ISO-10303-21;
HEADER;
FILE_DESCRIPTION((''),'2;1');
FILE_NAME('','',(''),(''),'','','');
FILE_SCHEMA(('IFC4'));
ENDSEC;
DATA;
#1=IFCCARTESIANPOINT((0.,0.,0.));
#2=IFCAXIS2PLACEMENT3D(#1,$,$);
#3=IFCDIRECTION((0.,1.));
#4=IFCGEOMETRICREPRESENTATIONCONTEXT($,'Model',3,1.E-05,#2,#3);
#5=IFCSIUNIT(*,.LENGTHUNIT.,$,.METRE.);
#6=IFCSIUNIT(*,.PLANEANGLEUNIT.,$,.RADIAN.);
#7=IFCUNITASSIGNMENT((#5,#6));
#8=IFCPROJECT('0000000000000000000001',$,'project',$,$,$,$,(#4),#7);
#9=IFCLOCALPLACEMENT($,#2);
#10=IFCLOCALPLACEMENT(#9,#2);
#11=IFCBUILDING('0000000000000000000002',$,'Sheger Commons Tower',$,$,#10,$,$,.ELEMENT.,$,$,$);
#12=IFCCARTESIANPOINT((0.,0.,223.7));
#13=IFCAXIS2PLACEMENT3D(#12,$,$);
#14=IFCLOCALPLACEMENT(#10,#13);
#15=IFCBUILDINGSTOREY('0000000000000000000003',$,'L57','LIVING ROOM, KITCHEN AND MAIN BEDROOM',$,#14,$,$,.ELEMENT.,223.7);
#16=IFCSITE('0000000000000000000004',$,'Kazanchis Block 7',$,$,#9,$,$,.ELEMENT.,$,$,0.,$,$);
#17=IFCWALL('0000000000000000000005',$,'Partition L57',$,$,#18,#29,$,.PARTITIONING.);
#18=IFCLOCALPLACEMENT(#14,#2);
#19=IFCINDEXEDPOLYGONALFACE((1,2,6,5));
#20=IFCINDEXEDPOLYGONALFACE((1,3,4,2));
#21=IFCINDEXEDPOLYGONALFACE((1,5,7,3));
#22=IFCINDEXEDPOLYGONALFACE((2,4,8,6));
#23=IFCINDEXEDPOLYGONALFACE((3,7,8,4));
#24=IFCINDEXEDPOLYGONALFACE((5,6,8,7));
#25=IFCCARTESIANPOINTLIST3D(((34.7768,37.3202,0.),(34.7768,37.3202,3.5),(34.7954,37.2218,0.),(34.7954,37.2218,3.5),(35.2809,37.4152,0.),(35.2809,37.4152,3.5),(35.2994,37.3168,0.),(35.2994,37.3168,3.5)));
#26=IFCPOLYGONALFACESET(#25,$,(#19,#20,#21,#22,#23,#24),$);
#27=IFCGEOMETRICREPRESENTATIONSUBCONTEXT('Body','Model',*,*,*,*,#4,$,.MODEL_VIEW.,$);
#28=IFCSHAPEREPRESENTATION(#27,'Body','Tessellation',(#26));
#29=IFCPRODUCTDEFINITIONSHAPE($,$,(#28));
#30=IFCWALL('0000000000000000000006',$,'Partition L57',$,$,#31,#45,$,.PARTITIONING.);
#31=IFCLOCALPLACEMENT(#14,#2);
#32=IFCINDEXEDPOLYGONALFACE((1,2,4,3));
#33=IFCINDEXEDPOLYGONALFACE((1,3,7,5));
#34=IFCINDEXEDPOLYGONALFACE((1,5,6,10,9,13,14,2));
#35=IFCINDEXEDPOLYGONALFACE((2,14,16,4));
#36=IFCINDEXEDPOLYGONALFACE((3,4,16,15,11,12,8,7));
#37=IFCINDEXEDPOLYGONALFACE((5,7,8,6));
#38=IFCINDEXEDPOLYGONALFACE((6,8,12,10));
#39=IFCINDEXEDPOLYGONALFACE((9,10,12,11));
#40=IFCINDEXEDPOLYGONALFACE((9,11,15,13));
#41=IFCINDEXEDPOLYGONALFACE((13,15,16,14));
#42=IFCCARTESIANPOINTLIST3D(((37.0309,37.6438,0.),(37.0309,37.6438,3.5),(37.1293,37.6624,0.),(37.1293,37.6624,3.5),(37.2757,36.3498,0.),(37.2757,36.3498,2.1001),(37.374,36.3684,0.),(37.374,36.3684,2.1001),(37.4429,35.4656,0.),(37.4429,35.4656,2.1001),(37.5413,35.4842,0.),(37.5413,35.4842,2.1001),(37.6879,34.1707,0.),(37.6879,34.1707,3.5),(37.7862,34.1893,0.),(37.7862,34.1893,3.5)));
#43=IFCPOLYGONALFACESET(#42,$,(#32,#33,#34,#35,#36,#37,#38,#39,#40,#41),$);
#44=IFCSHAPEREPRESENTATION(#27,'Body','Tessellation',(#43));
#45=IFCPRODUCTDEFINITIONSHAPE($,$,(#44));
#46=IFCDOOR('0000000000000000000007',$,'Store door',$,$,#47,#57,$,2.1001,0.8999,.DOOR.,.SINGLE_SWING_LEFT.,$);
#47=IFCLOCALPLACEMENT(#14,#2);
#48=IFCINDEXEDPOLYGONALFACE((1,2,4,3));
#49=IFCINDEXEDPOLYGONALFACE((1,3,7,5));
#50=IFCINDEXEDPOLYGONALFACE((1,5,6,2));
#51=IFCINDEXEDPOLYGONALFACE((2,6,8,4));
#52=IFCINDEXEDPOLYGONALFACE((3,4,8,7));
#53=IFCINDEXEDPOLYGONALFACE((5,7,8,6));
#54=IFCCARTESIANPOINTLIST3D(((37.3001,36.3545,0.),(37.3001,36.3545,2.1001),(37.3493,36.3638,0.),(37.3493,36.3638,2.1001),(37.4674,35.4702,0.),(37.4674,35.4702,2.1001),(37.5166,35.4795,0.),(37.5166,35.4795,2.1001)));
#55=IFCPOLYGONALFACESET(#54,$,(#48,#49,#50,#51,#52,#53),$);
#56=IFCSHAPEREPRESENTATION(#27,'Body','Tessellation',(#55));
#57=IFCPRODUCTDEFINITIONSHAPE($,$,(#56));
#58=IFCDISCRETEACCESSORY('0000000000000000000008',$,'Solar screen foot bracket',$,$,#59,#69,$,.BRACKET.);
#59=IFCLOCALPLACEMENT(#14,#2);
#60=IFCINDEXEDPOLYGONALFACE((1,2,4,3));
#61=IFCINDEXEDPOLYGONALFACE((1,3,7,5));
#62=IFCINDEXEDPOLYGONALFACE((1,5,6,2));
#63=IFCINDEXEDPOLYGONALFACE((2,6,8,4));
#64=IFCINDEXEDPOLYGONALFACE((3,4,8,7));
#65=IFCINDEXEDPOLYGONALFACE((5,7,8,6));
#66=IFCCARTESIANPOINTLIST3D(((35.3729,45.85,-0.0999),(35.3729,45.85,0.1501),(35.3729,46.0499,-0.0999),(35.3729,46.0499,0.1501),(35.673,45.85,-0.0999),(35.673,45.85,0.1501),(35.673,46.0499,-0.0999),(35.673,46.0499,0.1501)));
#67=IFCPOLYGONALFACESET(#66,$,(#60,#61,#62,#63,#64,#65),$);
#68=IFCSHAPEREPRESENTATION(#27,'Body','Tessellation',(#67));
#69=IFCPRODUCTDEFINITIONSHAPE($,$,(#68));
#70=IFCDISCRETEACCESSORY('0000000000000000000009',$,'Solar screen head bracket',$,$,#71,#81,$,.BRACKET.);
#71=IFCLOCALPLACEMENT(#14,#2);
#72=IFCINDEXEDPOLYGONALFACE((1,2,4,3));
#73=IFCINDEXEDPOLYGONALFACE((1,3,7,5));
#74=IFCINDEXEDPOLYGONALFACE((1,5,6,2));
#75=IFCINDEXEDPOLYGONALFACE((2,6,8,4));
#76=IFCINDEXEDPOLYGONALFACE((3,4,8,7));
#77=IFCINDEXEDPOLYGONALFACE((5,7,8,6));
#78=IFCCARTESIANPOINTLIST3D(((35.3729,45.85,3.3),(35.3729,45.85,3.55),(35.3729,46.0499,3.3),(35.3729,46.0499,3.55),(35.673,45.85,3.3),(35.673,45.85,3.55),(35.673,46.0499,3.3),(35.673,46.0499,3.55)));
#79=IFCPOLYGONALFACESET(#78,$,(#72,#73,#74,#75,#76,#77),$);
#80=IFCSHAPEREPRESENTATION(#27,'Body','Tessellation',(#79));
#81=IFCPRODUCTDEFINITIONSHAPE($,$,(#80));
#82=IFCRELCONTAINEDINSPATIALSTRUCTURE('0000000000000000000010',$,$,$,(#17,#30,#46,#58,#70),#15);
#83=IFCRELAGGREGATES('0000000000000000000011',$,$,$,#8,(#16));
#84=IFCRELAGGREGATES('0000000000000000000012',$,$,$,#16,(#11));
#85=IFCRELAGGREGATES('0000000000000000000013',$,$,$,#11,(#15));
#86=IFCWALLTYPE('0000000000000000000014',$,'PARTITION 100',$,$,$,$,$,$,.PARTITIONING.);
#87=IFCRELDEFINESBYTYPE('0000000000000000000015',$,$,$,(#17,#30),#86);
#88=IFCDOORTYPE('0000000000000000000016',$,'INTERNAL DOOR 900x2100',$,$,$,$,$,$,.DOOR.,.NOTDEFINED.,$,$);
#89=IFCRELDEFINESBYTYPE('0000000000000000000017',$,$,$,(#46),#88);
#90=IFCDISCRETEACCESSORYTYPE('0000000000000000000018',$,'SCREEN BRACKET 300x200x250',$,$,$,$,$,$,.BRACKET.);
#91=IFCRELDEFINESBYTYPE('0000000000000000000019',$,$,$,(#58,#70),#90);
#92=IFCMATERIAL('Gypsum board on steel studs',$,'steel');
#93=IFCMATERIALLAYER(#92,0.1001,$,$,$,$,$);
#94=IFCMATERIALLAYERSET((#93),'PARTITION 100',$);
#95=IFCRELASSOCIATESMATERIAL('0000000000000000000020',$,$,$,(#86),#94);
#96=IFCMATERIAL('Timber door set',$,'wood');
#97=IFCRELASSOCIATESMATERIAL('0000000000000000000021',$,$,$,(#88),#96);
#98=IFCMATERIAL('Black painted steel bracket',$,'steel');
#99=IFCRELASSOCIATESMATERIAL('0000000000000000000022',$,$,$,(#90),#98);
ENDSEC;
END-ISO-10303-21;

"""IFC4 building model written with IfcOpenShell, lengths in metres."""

from ifc_helpers import new_model, si_unit, direction, frame, frame_2d, origin, origin_2d, place, context, subcontext, project, spatial, rectangle, extrude, material, layer, layer_set, type_object, element, fill, save


model = new_model("IFC4")

# Units and contexts
model_context = context("Model", 3, precision=1e-05, world=origin(), true_north=direction((0.0, 1.0)))
body_context = subcontext(model_context, "Body", "Model", "MODEL_VIEW")
ifc_project = project(units=[si_unit("LENGTHUNIT", "METRE"), si_unit("PLANEANGLEUNIT", "RADIAN")], contexts=[model_context])

# Site, building, storey
site_placement = place(None, origin())
site = spatial("IfcSite", under=ifc_project, at=site_placement, Name="Kazanchis Block 7", CompositionType="ELEMENT", RefElevation=0.0)
building_placement = place(site_placement, origin())
building = spatial("IfcBuilding", under=site, at=building_placement, Name="Sheger Commons Tower", CompositionType="ELEMENT")
storey_placement = place(building_placement, frame((0.0, 0.0, 223.7)))
storey = spatial("IfcBuildingStorey", under=building, at=storey_placement, Name="L57", Description="LIVING ROOM, KITCHEN AND MAIN BEDROOM", CompositionType="ELEMENT", Elevation=223.7)

# Shared definitions
ifc_material_1 = material(Name="Gypsum board on steel studs", Category="steel")
ifc_layer_1 = layer(ifc_material_1, 0.1001)
ifc_layer_set_1 = layer_set([ifc_layer_1], Name="PARTITION 100")
wall_type_1 = type_object("IfcWallType", Name="PARTITION 100", PredefinedType="PARTITIONING", material=ifc_layer_set_1)

# Shared definitions
ifc_material_2 = material(Name="Timber door set", Category="wood")
door_type_1 = type_object("IfcDoorType", Name="INTERNAL DOOR 900x2100", OperationType="NOTDEFINED", PredefinedType="DOOR", material=ifc_material_2)

# Wall
wall_1_placement = place(storey_placement, frame((35.29, 37.366, 0.0), z_axis=(0.0, 0.0, 1.0), x_axis=(-0.982716, -0.185122, 0.0)))
element("IfcWall", 1, at=wall_1_placement, inside=storey, type_object=wall_type_1, Name="Partition L57", PredefinedType="PARTITIONING", context=body_context, shape_type="SweptSolid", body=[
    extrude(rectangle(XDim=0.5129, YDim=0.1001, at=frame_2d((0.2563, 0.0))), origin(), (0.0, 0.0, 1.0), 3.5),
])

# Wall, opening, door
wall_2_placement = place(storey_placement, frame((37.0801, 37.6531, 0.0), z_axis=(0.0, 0.0, 1.0), x_axis=(0.185865, -0.982575, 0.0)))
wall_2 = element("IfcWall", 2, at=wall_2_placement, inside=storey, type_object=wall_type_1, Name="Partition L57", PredefinedType="PARTITIONING", context=body_context, shape_type="SweptSolid", body=[
    extrude(rectangle(XDim=3.5347, YDim=0.1001, at=frame_2d((1.7673, 0.0))), origin(), (0.0, 0.0, 1.0), 3.5),
])
opening_1_placement = place(wall_2_placement, frame((1.3169, 0.0, 0.0)))
opening_1 = element("IfcOpeningElement", 3, at=opening_1_placement, cuts=wall_2, PredefinedType="OPENING", context=body_context, shape_type="SweptSolid", body=[
    extrude(rectangle(XDim=0.8999, YDim=2.1001, at=frame_2d((0.45, 1.05))), frame((0.0, 0.0601, 0.0), z_axis=(0.0, -1.0, 0.0), x_axis=(1.0, 0.0, 0.0)), (0.0, 0.0, 1.0), 0.1201),
])
door_1_placement = place(opening_1_placement, origin())
door_1 = element("IfcDoor", 4, at=door_1_placement, inside=storey, type_object=door_type_1, Name="Store door", OperationType="SINGLE_SWING_LEFT", OverallHeight=2.1001, OverallWidth=0.8999, PredefinedType="DOOR", context=body_context, shape_type="SweptSolid", body=[
    extrude(rectangle(XDim=0.8999, YDim=2.1001, at=frame_2d((0.45, 1.05))), frame((0.0, 0.0249, 0.0), z_axis=(0.0, -1.0, 0.0), x_axis=(1.0, 0.0, 0.0)), (0.0, 0.0, 1.0), 0.05),
])
fill(opening_1, door_1)

# Discrete accessories
ifc_material_3 = material(Name="Black painted steel bracket", Category="steel")
discrete_accessory_type = type_object("IfcDiscreteAccessoryType", Name="SCREEN BRACKET 300x200x250", PredefinedType="BRACKET", material=ifc_material_3)
for number, where, z_axis, x_axis, name in (
    (5, (35.5229, 45.95, -0.0999), (0.0, 0.0, 1.0), (-1.0, 0.0, 0.0), "Solar screen foot bracket"),
    (6, (35.5229, 45.95, 3.3), (0.0, 0.0, 1.0), (-1.0, 0.0, 0.0), "Solar screen head bracket"),
):
    element("IfcDiscreteAccessory", number, at=place(storey_placement, frame(where, z_axis=z_axis, x_axis=x_axis)), inside=storey, type_object=discrete_accessory_type, Name=name, PredefinedType="BRACKET", context=body_context, shape_type="SweptSolid", body=[
        extrude(rectangle(XDim=0.3, YDim=0.2, at=origin_2d()), origin(), (0.0, 0.0, 1.0), 0.25),
    ])

save(model, "model.ifc")
